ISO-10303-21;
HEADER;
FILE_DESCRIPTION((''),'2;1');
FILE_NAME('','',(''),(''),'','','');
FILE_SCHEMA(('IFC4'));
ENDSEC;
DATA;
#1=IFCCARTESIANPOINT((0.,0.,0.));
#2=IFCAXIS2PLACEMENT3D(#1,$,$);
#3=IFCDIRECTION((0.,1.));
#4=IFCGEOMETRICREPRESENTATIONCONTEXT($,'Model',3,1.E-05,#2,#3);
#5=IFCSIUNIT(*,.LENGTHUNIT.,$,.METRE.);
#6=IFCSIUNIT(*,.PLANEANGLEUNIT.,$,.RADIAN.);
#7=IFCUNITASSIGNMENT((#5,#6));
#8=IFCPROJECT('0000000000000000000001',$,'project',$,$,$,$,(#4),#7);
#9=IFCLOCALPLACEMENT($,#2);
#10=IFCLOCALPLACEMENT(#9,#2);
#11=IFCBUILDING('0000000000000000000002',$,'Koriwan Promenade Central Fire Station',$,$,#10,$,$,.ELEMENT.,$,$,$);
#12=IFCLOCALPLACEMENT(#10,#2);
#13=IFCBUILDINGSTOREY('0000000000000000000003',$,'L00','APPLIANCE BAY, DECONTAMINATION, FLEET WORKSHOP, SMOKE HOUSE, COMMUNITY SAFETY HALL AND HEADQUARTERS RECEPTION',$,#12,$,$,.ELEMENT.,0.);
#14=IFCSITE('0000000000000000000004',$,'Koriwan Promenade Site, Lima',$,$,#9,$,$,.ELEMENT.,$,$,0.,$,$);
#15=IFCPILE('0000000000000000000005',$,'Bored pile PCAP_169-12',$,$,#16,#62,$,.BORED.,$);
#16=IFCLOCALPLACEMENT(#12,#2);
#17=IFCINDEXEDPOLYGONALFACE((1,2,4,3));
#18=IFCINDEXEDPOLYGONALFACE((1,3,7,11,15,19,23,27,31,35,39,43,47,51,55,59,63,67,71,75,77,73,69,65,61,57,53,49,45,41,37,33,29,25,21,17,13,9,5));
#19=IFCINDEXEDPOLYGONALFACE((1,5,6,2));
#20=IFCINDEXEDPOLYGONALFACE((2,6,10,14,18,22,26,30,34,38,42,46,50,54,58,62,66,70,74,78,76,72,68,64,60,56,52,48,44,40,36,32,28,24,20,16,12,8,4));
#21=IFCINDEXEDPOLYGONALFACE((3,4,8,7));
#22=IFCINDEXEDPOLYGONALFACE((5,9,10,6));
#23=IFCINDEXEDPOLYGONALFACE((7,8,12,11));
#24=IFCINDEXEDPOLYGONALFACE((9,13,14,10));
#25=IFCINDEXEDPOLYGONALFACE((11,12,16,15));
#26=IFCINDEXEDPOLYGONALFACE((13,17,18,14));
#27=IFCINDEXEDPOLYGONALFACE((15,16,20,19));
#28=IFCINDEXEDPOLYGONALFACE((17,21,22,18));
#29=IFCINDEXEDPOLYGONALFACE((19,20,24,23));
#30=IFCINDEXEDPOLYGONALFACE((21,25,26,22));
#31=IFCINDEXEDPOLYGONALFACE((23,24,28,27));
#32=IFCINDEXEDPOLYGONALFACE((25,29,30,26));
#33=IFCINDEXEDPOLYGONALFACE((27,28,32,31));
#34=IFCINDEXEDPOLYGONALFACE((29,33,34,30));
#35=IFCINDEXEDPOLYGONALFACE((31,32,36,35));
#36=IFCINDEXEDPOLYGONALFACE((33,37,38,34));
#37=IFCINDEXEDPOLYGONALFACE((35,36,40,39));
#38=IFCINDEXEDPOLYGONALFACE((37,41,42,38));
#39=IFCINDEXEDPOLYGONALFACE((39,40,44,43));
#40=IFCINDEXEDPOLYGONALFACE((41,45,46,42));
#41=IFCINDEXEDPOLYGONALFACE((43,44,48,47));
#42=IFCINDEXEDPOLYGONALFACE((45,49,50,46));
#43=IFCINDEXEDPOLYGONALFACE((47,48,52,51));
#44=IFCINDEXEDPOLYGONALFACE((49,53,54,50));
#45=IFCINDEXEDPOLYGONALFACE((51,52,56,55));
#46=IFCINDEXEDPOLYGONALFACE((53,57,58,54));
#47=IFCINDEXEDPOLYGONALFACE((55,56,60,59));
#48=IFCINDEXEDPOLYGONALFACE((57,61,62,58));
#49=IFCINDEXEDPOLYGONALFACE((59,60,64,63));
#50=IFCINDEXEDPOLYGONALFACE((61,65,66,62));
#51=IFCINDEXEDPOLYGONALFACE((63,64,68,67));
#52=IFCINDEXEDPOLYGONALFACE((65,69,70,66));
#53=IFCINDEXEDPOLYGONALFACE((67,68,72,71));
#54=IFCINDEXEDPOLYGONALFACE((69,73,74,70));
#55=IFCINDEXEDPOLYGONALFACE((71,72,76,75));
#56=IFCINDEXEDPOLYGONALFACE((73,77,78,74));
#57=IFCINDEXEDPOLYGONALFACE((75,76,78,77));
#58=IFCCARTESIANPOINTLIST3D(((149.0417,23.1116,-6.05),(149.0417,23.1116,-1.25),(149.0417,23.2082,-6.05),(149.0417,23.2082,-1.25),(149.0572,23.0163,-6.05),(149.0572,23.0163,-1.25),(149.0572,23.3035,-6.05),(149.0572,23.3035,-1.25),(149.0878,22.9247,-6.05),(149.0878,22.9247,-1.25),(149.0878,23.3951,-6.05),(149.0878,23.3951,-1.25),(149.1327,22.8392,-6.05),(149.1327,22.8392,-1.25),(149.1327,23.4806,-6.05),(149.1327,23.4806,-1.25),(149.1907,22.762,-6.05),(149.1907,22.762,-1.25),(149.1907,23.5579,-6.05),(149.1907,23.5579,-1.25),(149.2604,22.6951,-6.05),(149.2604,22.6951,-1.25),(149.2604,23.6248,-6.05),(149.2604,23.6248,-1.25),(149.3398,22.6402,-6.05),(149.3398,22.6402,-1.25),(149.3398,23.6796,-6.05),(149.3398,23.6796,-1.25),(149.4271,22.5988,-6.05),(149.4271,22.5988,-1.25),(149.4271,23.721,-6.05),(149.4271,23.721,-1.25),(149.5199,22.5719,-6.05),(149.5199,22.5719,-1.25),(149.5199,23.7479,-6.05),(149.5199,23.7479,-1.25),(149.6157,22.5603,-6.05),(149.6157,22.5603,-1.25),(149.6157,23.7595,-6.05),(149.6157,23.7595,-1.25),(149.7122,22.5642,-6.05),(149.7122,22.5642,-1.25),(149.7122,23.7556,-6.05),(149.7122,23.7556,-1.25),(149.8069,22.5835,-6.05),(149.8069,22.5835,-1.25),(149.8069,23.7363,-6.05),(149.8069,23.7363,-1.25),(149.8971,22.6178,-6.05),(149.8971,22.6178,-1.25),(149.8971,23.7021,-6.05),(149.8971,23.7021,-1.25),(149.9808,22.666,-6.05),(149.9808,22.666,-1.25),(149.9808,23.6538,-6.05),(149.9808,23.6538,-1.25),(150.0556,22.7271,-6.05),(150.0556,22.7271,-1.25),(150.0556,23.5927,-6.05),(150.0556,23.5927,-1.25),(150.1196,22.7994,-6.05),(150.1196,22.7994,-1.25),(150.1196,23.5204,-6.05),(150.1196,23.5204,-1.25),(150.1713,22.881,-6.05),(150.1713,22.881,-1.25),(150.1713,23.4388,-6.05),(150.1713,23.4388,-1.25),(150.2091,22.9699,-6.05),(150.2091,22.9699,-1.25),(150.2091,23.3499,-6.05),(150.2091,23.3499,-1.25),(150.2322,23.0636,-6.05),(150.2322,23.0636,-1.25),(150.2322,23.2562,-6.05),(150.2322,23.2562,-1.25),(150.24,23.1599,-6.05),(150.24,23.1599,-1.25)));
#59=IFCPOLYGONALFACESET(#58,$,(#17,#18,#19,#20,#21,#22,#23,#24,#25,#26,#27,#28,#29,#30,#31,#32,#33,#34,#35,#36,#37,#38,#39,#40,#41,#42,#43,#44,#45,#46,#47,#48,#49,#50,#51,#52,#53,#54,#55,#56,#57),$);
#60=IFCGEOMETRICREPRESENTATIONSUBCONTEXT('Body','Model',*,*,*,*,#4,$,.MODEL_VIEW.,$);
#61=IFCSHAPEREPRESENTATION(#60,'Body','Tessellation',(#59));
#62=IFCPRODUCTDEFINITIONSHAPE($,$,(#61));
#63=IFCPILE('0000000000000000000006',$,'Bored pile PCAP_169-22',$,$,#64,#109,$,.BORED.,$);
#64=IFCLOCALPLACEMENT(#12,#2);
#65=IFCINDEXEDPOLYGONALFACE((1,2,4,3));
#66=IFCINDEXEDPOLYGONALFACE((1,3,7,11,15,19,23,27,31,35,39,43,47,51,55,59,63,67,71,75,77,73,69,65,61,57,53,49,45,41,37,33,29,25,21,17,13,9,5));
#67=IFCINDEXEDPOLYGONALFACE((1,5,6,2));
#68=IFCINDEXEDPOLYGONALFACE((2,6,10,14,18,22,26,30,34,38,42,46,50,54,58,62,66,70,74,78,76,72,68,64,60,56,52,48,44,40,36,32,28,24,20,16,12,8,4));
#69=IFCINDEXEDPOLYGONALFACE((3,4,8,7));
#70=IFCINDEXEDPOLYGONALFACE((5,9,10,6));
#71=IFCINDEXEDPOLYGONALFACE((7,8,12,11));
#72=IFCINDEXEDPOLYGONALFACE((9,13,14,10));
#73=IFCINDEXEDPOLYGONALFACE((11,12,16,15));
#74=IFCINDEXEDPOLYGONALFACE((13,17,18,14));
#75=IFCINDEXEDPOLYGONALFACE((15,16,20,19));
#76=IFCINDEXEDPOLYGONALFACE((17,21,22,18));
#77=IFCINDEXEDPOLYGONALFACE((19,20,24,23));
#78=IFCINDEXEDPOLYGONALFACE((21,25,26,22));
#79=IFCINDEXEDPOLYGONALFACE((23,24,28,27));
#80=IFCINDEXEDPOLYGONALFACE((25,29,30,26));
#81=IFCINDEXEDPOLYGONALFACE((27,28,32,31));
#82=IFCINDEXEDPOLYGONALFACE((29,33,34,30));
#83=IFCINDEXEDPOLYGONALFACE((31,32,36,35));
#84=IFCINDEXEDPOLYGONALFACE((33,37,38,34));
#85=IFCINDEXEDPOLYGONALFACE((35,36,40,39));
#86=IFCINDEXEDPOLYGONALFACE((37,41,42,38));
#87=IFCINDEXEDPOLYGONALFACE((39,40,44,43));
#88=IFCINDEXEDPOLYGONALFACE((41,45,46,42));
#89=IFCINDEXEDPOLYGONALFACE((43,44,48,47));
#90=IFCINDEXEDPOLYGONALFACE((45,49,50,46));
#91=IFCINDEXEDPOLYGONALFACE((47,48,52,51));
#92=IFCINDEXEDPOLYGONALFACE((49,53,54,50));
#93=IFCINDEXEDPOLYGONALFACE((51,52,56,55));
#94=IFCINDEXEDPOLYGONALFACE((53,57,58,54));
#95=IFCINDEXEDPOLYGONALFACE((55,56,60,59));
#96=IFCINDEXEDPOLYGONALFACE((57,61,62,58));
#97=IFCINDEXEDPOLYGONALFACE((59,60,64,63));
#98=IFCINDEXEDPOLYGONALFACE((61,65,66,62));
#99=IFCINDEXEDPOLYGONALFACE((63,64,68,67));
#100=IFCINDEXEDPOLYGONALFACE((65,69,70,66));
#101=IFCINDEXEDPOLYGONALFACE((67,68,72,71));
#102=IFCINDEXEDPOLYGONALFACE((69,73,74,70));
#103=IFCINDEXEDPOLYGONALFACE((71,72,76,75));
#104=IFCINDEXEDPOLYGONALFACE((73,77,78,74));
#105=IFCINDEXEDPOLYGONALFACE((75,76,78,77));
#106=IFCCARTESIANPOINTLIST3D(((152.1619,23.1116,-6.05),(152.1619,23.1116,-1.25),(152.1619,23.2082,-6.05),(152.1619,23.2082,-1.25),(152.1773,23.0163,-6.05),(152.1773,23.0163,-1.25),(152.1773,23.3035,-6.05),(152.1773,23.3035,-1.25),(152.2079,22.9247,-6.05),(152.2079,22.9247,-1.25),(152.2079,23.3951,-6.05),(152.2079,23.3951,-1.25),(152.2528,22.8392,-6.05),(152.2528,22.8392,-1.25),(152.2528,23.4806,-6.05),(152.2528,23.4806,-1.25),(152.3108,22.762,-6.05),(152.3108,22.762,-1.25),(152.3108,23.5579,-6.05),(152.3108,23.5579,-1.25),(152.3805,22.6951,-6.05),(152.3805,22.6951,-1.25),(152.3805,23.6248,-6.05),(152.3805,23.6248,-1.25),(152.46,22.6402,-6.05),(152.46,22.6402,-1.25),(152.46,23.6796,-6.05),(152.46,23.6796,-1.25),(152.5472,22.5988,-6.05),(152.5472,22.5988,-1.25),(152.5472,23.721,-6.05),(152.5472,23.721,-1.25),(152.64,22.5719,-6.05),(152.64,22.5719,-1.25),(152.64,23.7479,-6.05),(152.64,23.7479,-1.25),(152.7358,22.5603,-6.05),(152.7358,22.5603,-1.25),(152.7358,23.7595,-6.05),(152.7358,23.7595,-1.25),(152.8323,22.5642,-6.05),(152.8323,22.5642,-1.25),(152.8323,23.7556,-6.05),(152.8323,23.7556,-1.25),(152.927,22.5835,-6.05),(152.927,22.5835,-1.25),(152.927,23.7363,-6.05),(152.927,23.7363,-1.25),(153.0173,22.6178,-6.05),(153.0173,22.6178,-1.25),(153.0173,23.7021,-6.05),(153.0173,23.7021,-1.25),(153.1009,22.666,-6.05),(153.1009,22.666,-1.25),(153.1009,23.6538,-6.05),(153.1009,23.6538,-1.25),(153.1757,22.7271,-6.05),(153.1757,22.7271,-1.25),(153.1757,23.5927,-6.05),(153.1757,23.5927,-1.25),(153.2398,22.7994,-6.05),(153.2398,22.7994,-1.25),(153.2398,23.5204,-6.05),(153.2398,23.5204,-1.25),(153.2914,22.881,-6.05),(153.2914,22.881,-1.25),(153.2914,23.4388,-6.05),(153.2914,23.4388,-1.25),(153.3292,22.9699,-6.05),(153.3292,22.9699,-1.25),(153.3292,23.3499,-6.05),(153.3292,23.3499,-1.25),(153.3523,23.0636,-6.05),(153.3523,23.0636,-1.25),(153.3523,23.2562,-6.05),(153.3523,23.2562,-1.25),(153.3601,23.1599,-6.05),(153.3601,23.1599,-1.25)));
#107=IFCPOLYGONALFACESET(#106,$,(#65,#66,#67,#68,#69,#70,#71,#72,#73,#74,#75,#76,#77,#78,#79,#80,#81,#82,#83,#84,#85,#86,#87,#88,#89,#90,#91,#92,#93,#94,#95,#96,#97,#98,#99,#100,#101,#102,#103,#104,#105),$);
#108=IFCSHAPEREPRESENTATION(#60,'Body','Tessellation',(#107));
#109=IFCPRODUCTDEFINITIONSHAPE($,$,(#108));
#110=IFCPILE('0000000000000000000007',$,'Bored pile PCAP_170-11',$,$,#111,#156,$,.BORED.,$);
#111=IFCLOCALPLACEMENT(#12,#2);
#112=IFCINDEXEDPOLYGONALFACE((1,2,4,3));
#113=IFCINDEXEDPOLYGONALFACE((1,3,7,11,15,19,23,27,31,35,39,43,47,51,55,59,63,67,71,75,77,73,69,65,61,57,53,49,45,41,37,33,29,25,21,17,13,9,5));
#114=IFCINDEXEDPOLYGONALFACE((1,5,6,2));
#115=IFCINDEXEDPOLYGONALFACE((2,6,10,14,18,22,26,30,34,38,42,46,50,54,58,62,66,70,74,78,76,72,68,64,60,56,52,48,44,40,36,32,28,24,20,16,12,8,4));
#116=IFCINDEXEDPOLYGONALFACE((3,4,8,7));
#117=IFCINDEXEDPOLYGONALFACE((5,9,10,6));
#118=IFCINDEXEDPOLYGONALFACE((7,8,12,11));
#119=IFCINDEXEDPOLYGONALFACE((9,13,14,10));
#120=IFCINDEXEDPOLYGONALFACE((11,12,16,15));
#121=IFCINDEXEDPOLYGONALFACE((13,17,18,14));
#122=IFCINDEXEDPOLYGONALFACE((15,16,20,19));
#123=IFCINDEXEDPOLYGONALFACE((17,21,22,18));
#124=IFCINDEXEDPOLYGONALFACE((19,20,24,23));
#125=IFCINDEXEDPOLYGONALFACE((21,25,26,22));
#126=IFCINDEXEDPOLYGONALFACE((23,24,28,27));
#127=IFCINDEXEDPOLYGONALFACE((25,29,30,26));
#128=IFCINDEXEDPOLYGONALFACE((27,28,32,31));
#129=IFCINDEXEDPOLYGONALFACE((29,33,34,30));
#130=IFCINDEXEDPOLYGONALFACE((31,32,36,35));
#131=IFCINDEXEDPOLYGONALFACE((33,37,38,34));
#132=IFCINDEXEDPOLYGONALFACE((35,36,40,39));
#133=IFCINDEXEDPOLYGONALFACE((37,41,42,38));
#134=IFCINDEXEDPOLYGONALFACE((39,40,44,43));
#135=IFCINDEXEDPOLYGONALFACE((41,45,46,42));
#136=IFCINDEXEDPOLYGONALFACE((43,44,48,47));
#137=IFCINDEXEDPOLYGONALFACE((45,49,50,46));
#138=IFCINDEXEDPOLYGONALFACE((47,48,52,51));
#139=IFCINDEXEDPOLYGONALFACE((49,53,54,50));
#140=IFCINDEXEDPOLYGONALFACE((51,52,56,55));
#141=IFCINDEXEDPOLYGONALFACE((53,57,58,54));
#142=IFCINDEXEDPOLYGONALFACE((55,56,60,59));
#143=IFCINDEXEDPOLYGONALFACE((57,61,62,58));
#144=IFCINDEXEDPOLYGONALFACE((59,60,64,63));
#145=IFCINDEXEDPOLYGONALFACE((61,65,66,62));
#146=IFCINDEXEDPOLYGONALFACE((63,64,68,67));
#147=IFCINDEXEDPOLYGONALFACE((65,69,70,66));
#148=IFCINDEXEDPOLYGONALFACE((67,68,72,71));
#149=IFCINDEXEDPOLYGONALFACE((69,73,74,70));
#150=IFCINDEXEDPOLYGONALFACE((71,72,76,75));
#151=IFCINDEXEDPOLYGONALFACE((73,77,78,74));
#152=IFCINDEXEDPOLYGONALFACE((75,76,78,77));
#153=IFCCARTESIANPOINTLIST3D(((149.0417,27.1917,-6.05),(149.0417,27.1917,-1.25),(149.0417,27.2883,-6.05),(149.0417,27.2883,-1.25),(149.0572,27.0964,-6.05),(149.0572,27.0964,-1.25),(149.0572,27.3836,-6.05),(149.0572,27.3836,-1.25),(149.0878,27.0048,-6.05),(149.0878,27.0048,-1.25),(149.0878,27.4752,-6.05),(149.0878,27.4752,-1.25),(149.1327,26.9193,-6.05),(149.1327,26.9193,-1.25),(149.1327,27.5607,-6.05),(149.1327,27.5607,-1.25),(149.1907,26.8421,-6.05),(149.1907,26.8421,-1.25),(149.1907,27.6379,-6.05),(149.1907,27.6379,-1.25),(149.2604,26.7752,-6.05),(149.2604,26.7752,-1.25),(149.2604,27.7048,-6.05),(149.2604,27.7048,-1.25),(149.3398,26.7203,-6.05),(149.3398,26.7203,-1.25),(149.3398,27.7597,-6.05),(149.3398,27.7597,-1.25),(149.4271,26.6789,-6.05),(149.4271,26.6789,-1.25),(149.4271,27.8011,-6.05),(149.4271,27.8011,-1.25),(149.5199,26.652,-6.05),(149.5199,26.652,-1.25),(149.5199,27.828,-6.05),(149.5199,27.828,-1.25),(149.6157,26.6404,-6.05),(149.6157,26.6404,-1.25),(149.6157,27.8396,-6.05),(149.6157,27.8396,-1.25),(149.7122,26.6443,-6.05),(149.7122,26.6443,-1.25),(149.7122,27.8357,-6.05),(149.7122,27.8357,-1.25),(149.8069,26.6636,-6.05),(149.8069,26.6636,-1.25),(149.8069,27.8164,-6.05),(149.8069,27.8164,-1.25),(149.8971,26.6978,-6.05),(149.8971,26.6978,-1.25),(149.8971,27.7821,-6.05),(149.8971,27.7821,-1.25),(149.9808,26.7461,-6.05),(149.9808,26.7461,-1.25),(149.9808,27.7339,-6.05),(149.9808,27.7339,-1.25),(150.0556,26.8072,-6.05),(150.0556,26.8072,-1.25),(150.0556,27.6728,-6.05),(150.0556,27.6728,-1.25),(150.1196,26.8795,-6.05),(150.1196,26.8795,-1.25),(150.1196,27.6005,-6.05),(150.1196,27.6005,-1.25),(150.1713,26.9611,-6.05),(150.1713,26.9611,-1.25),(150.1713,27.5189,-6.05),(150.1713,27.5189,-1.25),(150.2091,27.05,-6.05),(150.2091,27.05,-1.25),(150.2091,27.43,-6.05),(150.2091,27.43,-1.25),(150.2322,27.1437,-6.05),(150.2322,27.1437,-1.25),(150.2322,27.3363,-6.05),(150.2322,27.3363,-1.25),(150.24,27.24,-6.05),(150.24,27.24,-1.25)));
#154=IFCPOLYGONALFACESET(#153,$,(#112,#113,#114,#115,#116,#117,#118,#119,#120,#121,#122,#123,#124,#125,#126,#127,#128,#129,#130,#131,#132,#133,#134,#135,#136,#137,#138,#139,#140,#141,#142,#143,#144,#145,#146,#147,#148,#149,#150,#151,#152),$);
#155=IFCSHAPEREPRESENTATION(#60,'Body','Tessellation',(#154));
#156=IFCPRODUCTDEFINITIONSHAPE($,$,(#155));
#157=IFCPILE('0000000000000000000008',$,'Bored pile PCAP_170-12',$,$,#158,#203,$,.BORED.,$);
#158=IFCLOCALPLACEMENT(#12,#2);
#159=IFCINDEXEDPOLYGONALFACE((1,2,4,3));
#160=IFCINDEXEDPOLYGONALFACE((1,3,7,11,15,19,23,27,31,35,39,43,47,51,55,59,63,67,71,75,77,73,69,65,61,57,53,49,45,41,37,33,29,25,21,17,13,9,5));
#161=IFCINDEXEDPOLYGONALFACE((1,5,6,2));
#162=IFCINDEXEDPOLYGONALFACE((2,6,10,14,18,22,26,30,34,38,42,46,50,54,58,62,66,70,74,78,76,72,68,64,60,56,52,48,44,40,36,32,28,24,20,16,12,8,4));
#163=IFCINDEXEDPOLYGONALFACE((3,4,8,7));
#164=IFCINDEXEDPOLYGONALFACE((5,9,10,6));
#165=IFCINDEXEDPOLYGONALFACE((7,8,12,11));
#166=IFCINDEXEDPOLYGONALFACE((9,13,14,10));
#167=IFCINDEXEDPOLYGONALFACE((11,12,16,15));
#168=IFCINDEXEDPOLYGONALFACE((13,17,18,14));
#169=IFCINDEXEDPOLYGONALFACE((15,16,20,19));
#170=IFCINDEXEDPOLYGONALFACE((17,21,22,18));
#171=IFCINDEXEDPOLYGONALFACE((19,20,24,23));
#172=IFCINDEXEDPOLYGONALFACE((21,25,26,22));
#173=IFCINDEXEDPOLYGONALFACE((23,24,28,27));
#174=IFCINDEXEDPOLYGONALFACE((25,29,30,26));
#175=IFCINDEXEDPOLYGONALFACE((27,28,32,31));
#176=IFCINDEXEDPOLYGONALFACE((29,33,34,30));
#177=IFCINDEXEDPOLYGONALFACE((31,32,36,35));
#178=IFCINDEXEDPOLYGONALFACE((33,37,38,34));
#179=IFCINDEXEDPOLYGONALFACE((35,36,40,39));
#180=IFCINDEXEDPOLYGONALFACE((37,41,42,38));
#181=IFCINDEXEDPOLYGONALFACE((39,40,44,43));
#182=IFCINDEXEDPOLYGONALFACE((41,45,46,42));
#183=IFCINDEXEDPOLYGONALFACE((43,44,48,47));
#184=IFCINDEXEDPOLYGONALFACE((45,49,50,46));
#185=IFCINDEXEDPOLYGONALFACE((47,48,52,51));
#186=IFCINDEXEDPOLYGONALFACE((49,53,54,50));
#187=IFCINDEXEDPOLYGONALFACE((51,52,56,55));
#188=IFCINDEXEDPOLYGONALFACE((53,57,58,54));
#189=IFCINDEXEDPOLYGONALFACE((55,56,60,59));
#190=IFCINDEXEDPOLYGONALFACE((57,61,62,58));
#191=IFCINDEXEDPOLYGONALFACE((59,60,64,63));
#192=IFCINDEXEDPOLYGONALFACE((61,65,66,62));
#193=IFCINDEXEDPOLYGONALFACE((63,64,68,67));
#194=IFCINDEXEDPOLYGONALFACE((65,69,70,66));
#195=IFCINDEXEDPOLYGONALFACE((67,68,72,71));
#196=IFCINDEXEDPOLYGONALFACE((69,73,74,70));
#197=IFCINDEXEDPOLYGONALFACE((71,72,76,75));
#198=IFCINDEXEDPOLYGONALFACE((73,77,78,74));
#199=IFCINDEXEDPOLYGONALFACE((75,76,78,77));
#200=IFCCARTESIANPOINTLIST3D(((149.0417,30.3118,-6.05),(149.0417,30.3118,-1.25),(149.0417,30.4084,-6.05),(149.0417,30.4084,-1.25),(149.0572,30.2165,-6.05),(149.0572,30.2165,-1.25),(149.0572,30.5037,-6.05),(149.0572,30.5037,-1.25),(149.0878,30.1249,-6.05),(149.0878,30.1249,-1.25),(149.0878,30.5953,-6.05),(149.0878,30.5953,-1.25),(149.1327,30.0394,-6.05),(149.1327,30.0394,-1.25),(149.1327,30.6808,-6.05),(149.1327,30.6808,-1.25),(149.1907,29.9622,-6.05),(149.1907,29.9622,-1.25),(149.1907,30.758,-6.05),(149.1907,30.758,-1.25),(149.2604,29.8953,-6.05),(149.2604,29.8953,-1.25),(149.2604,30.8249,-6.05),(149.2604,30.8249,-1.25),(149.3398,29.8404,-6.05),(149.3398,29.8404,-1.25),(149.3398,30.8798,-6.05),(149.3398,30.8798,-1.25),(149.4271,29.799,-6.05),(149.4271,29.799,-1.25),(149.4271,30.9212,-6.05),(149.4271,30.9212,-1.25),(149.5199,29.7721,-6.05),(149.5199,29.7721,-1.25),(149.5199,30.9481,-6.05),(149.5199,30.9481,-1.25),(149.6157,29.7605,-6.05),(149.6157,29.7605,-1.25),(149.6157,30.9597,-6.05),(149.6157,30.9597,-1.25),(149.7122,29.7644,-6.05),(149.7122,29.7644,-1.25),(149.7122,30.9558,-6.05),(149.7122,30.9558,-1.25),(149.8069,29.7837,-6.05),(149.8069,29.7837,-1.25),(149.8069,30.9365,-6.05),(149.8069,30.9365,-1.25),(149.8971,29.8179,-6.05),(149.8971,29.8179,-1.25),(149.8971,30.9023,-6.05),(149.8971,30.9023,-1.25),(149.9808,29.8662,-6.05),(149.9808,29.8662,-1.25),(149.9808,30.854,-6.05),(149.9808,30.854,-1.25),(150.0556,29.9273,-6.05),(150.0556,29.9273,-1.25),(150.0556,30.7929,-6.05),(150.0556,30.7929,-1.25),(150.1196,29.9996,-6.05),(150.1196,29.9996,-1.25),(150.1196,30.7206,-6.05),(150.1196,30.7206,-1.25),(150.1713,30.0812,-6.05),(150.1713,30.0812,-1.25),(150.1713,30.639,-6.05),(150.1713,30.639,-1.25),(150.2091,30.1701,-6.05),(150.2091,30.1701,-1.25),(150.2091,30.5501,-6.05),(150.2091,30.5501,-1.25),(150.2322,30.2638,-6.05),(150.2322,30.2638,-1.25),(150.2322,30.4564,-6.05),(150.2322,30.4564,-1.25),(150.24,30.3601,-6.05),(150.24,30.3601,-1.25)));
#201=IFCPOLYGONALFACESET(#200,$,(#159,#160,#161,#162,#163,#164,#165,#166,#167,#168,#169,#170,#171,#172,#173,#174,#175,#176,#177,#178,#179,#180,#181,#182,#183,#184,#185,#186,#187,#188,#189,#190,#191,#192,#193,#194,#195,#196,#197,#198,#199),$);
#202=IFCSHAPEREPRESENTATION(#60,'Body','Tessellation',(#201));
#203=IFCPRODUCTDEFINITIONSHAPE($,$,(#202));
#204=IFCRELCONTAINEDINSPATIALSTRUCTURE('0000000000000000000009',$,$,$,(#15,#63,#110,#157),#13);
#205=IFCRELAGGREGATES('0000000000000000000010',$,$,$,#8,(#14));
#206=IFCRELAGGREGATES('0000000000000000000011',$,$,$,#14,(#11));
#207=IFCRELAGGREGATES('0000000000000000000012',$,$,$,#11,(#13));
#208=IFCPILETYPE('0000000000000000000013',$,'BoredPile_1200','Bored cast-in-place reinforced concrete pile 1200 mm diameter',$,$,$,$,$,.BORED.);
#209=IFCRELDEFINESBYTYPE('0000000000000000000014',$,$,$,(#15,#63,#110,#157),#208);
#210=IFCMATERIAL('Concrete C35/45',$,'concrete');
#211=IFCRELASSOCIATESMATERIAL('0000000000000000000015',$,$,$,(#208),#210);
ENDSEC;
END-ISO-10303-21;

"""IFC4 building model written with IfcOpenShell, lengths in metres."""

from ifc_helpers import new_model, si_unit, direction, frame, origin, origin_2d, place, context, subcontext, project, spatial, circle, extrude, material, material_profile, profile_set, type_object, element, save


model = new_model("IFC4")

# Units and contexts
model_context = context("Model", 3, precision=1e-05, world=origin(), true_north=direction((0.0, 1.0)))
body_context = subcontext(model_context, "Body", "Model", "MODEL_VIEW")
ifc_project = project(units=[si_unit("LENGTHUNIT", "METRE"), si_unit("PLANEANGLEUNIT", "RADIAN")], contexts=[model_context])

# Site, building, storey
site_placement = place(None, origin())
site = spatial("IfcSite", under=ifc_project, at=site_placement, Name="Koriwan Promenade Site, Lima", CompositionType="ELEMENT", RefElevation=0.0)
building_placement = place(site_placement, origin())
building = spatial("IfcBuilding", under=site, at=building_placement, Name="Koriwan Promenade Central Fire Station", CompositionType="ELEMENT")
storey_placement = place(building_placement, origin())
storey = spatial("IfcBuildingStorey", under=building, at=storey_placement, Name="L00", Description="APPLIANCE BAY, DECONTAMINATION, FLEET WORKSHOP, SMOKE HOUSE, COMMUNITY SAFETY HALL AND HEADQUARTERS RECEPTION", CompositionType="ELEMENT", Elevation=0.0)

# Piles
ifc_material_1 = material(Name="Concrete C35/45", Category="concrete")
ifc_material_profile_1 = material_profile(ifc_material_1, circle(Radius=0.6001, at=origin_2d()), Name="PILE-D1200")
ifc_profile_set_1 = profile_set([ifc_material_profile_1], Name="Concrete C35/45")
pile_type = type_object("IfcPileType", Name="BoredPile_1200", Description="Bored cast-in-place reinforced concrete pile 1200 mm diameter", PredefinedType="BORED", material=ifc_profile_set_1)
for number, where, z_axis, x_axis, name in (
    (1, (149.6399, 23.1599, -1.25), (0.0, 0.0, -1.0), (1.0, 0.0, 0.0), "Bored pile PCAP_169-12"),
    (2, (152.76, 23.1599, -1.25), (0.0, 0.0, -1.0), (1.0, 0.0, 0.0), "Bored pile PCAP_169-22"),
    (3, (149.6399, 27.24, -1.25), (0.0, 0.0, -1.0), (1.0, 0.0, 0.0), "Bored pile PCAP_170-11"),
    (4, (149.6399, 30.3601, -1.25), (0.0, 0.0, -1.0), (1.0, 0.0, 0.0), "Bored pile PCAP_170-12"),
):
    element("IfcPile", number, at=place(storey_placement, frame(where, z_axis=z_axis, x_axis=x_axis)), inside=storey, type_object=pile_type, Name=name, PredefinedType="BORED", context=body_context, shape_type="SweptSolid", body=[
        extrude(circle(Radius=0.6001, at=origin_2d()), origin(), (0.0, 0.0, 1.0), 4.8),
    ])

save(model, "model.ifc")
